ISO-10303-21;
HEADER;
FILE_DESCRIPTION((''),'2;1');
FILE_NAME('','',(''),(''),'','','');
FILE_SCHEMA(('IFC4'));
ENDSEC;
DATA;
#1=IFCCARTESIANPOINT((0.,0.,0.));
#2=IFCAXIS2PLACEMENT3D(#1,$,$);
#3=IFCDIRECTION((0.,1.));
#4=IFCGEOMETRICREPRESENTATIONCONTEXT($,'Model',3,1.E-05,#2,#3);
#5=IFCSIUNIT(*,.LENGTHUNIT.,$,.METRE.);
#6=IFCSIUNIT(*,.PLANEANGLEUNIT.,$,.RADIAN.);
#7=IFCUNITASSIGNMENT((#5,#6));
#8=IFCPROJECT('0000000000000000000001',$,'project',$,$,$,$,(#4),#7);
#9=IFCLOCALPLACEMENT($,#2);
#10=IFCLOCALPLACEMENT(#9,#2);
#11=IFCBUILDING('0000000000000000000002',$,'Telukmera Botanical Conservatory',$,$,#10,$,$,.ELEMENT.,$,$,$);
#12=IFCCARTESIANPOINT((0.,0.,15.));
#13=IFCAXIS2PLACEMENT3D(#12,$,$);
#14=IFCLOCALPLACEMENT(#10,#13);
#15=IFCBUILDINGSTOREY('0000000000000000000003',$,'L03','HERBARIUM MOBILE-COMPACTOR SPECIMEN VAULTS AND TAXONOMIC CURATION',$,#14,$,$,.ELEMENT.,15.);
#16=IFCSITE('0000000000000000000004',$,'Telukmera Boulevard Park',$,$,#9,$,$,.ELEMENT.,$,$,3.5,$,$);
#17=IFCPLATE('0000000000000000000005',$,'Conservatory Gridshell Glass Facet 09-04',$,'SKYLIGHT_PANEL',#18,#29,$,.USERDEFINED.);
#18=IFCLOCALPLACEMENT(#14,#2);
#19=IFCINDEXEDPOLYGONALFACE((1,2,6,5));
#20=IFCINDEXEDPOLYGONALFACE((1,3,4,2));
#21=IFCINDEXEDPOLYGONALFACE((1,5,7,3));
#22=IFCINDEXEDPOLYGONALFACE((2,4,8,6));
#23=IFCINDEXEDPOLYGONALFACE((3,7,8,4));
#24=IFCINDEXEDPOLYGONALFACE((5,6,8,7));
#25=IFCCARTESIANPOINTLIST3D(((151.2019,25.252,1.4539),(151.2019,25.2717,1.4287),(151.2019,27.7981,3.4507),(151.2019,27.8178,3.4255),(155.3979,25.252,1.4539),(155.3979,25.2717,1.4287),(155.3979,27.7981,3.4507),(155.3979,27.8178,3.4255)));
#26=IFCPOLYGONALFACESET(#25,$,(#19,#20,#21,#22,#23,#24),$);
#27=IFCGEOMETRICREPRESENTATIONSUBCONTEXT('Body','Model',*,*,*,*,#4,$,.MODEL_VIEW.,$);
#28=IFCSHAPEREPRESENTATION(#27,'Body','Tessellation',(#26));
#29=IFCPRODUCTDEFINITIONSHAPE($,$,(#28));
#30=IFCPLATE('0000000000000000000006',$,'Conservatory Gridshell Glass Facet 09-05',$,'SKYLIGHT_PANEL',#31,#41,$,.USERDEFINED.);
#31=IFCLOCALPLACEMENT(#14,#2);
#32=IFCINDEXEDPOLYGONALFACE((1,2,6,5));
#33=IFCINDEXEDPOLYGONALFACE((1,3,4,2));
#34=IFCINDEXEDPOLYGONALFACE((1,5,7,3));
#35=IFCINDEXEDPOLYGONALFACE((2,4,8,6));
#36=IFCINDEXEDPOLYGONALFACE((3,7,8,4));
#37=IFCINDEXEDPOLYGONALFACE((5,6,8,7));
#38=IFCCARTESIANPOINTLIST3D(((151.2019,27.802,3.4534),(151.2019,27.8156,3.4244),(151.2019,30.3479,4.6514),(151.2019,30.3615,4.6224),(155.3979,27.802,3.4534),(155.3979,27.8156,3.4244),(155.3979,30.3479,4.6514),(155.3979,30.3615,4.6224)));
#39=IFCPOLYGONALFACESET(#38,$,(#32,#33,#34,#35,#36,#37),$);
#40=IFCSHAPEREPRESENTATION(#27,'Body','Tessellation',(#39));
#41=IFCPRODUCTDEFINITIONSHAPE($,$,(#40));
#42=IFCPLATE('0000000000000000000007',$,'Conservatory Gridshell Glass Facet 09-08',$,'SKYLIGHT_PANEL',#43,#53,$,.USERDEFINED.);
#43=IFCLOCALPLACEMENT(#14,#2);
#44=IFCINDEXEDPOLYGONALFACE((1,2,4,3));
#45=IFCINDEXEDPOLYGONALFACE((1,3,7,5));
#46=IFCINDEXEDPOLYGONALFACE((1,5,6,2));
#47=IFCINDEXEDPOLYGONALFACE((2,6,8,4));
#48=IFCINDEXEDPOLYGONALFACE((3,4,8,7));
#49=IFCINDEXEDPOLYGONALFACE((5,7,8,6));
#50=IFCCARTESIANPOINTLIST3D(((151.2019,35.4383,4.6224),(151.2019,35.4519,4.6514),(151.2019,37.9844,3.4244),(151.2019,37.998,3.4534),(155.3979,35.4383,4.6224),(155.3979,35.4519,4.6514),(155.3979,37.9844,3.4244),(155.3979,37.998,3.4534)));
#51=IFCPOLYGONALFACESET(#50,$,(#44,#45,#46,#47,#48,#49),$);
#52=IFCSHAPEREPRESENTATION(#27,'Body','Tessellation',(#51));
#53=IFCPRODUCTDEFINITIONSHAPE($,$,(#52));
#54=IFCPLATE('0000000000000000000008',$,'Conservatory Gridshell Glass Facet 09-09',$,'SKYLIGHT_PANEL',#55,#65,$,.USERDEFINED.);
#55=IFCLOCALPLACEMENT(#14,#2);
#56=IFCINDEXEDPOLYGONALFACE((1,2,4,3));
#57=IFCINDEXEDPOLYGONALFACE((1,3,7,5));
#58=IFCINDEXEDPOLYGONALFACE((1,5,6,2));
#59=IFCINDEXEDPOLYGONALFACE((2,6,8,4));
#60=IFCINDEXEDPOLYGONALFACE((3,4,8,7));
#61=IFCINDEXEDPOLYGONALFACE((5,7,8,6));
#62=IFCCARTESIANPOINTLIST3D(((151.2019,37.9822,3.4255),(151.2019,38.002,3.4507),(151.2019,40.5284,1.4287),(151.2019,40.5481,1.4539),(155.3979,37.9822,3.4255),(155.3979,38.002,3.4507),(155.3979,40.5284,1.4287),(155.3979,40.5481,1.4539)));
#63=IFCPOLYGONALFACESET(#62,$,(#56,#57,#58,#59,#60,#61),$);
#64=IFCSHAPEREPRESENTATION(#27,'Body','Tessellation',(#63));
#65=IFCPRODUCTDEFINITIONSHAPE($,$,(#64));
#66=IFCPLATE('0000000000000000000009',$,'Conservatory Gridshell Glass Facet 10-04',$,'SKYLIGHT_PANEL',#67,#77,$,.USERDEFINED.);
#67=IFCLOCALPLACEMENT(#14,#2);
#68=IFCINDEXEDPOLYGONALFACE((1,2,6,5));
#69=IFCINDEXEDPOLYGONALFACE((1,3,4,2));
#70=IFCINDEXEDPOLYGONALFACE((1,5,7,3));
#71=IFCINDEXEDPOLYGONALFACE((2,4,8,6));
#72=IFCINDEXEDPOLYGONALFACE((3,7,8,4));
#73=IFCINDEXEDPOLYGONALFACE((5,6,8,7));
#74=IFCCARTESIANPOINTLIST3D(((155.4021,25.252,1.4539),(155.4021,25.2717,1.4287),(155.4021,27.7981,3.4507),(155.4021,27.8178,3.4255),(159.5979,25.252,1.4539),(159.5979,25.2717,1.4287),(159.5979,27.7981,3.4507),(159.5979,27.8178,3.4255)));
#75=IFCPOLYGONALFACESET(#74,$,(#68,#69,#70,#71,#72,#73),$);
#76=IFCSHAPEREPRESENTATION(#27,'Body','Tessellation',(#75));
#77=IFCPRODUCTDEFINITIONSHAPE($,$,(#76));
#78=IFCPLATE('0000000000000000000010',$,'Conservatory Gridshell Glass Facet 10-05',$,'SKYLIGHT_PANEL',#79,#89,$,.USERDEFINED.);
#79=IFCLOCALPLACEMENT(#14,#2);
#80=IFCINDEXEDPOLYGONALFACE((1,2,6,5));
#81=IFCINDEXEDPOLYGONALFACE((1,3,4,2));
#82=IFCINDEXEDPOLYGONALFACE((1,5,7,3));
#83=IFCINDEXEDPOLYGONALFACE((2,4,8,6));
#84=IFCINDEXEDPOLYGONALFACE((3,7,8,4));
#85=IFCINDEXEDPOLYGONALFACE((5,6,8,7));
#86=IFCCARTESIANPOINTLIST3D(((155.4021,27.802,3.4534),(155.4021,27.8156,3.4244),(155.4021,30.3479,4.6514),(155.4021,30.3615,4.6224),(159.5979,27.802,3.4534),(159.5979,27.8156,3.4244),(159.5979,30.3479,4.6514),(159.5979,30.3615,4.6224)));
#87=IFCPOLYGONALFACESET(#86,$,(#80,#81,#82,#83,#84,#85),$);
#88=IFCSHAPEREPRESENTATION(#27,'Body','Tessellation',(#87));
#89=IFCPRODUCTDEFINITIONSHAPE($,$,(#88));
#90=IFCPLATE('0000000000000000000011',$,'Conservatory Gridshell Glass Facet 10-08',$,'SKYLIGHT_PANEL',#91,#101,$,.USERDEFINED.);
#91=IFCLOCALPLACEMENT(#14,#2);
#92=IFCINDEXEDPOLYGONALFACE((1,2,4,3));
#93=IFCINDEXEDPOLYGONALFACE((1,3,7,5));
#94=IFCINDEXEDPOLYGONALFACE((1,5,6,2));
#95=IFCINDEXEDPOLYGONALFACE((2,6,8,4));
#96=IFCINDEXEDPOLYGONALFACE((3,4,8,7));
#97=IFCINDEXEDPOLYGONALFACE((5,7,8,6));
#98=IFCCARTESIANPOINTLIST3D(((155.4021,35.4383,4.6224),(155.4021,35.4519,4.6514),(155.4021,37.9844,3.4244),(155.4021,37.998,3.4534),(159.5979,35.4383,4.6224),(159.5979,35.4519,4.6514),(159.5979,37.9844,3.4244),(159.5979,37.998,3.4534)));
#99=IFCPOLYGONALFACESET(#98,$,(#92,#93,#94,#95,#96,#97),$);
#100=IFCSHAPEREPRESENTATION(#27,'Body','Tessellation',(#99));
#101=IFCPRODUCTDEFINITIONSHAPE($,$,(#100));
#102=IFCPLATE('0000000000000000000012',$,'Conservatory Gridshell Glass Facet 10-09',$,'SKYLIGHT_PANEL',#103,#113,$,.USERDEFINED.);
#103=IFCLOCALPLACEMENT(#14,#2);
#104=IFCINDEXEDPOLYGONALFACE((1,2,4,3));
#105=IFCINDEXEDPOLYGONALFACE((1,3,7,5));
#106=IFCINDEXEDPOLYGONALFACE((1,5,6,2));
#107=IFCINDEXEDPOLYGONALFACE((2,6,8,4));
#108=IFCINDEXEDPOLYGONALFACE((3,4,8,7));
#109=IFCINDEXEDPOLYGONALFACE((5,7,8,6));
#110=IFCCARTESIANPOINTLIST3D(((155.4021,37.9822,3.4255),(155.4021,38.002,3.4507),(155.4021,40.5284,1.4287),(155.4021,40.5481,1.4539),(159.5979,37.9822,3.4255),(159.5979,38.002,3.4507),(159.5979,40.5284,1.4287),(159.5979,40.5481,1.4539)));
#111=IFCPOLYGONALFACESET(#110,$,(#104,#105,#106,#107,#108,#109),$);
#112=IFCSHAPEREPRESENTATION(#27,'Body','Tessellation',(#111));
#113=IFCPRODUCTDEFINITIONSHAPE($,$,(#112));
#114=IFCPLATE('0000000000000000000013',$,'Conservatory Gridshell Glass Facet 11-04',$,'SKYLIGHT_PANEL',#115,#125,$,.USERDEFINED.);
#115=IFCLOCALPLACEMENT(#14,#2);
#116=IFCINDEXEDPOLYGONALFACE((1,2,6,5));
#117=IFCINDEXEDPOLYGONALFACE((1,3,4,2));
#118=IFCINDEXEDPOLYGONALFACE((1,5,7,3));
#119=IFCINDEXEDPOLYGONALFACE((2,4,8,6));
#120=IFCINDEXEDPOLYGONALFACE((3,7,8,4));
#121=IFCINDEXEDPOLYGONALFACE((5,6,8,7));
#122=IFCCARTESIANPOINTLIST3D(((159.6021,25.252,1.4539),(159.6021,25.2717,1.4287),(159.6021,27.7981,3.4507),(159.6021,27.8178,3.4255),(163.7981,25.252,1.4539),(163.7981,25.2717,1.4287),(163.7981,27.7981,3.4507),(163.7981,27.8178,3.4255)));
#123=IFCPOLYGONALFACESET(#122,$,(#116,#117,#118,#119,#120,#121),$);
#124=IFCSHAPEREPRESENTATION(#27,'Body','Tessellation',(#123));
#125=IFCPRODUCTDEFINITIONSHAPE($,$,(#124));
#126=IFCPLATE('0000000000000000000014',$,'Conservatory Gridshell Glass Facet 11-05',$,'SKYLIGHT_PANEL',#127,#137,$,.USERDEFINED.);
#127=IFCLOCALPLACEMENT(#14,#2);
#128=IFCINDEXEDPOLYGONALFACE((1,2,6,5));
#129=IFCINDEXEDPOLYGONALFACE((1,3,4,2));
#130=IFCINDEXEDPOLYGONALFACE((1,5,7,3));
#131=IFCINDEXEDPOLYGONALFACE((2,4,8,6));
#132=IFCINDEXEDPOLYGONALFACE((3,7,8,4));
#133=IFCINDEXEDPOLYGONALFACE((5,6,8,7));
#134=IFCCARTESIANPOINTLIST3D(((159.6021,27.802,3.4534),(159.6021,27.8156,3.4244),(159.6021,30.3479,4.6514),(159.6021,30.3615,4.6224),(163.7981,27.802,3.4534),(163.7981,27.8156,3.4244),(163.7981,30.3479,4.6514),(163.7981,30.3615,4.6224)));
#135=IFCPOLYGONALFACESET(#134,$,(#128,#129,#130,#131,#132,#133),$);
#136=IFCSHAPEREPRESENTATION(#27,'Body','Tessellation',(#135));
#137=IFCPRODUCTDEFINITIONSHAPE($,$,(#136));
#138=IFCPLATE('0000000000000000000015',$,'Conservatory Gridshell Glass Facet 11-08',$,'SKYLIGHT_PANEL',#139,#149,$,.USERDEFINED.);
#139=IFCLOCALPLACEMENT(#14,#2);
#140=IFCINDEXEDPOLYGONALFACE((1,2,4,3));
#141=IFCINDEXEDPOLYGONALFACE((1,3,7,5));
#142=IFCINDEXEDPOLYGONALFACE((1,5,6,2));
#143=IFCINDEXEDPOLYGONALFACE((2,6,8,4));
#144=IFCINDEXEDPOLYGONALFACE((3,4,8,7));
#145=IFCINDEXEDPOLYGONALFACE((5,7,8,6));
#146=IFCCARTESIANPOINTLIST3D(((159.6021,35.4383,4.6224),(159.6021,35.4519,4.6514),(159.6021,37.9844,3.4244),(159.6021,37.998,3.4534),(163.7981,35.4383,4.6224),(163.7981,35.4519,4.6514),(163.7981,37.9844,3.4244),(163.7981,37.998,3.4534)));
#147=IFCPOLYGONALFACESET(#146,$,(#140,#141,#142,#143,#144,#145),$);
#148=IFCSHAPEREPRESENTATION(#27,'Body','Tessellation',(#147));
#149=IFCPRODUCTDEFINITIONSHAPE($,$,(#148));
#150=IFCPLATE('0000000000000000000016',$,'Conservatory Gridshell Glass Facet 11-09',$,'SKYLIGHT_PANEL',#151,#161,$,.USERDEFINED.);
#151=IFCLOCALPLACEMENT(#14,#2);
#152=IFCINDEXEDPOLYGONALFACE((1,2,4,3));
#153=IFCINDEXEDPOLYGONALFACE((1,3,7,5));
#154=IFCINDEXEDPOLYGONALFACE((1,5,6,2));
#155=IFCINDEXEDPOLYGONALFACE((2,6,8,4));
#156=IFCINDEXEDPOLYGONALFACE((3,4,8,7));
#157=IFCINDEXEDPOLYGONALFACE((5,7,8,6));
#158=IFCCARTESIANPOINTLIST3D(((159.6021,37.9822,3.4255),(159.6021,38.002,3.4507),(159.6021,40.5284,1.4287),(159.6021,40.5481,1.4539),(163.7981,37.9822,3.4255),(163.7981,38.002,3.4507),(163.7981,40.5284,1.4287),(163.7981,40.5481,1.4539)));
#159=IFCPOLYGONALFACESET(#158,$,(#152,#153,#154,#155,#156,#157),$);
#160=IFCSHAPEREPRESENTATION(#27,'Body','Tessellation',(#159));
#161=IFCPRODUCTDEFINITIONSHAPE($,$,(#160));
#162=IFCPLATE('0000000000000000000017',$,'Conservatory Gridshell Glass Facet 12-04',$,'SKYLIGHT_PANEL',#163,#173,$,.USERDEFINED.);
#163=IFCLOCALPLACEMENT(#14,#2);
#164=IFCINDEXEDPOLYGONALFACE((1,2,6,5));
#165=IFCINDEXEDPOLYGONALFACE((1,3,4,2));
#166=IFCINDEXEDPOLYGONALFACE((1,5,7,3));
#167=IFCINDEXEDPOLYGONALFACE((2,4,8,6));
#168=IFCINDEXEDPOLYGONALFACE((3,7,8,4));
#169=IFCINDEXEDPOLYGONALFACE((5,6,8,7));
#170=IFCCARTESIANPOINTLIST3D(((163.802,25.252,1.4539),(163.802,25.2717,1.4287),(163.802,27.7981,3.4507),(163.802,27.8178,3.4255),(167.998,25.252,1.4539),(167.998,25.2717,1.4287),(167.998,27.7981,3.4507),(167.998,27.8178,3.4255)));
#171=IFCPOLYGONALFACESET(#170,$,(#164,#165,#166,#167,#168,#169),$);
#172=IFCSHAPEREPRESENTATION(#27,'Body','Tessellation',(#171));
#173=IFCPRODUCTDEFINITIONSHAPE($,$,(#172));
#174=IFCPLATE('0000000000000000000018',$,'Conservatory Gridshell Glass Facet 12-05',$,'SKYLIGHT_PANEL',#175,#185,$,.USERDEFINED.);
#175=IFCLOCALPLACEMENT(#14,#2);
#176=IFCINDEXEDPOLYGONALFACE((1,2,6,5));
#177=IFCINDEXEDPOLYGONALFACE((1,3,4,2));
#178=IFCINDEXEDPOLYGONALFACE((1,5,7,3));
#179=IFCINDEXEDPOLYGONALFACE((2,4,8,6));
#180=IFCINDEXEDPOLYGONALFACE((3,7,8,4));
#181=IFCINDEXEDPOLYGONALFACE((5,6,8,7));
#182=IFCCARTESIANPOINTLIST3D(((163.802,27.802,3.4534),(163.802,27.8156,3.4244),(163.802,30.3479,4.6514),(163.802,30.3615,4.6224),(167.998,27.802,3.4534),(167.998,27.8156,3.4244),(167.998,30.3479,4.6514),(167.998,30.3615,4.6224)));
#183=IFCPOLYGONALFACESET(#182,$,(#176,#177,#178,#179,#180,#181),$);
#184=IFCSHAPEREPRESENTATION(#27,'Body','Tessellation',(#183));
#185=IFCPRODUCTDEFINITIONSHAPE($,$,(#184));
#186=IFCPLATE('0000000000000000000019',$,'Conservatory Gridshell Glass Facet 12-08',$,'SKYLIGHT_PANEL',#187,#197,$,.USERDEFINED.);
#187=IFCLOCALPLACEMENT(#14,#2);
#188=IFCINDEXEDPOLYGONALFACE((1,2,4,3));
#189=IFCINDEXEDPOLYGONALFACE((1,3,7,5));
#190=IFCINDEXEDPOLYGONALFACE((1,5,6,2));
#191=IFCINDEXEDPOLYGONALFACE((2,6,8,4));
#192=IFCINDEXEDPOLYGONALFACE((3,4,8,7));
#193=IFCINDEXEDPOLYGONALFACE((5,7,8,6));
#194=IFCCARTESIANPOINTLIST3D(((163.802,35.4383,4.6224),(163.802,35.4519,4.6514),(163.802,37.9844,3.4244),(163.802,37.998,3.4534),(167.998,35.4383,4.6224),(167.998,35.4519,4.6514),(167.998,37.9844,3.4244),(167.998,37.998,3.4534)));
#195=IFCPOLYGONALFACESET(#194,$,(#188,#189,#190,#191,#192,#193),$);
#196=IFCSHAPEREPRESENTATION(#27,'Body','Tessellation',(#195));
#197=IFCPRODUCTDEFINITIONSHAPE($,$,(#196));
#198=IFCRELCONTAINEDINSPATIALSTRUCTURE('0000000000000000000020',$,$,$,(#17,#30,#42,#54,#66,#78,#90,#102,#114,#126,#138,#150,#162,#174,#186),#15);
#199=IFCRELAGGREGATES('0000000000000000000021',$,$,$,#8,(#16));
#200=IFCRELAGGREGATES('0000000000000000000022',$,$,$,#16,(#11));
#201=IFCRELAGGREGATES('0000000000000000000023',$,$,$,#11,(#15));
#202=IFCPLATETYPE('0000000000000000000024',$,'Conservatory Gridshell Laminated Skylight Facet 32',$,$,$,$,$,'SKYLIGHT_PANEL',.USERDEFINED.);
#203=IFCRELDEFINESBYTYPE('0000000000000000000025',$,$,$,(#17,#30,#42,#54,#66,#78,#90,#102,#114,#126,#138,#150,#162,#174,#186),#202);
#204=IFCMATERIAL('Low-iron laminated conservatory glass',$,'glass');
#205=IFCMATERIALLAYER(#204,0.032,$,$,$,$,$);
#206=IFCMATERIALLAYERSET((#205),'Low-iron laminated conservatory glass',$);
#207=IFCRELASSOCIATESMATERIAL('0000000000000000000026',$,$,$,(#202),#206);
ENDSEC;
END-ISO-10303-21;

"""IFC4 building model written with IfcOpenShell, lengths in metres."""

from ifc_helpers import new_model, si_unit, direction, frame, origin, place, context, subcontext, project, spatial, polyline, outline, extrude, material, layer, layer_set, type_object, element, save


model = new_model("IFC4")

# Units and contexts
model_context = context("Model", 3, precision=1e-05, world=origin(), true_north=direction((0.0, 1.0)))
body_context = subcontext(model_context, "Body", "Model", "MODEL_VIEW")
ifc_project = project(units=[si_unit("LENGTHUNIT", "METRE"), si_unit("PLANEANGLEUNIT", "RADIAN")], contexts=[model_context])

# Site, building, storey
site_placement = place(None, origin())
site = spatial("IfcSite", under=ifc_project, at=site_placement, Name="Telukmera Boulevard Park", CompositionType="ELEMENT", RefElevation=3.5)
building_placement = place(site_placement, origin())
building = spatial("IfcBuilding", under=site, at=building_placement, Name="Telukmera Botanical Conservatory", CompositionType="ELEMENT")
storey_placement = place(building_placement, frame((0.0, 0.0, 15.0)))
storey = spatial("IfcBuildingStorey", under=building, at=storey_placement, Name="L03", Description="HERBARIUM MOBILE-COMPACTOR SPECIMEN VAULTS AND TAXONOMIC CURATION", CompositionType="ELEMENT", Elevation=15.0)

# Plates
ifc_material_1 = material(Name="Low-iron laminated conservatory glass", Category="glass")
ifc_layer = layer(ifc_material_1, 0.032)
ifc_layer_set = layer_set([ifc_layer], Name="Low-iron laminated conservatory glass")
plate_type = type_object("IfcPlateType", Name="Conservatory Gridshell Laminated Skylight Facet 32", ElementType="SKYLIGHT_PANEL", PredefinedType="USERDEFINED", material=ifc_layer_set)
plate_1_placement = place(storey_placement, frame((151.2019, 25.252, 1.4539), z_axis=(0.0, -0.617112, 0.786876), x_axis=(1.0, 0.0, 0.0)))
element("IfcPlate", 1, at=plate_1_placement, inside=storey, type_object=plate_type, Name="Conservatory Gridshell Glass Facet 09-04", ObjectType="SKYLIGHT_PANEL", PredefinedType="USERDEFINED", context=body_context, shape_type="SweptSolid", body=[
    extrude(outline(polyline([(0.0, 0.0), (4.196, 0.0), (4.196, 3.2358), (0.0, 3.2358), (0.0, 0.0)])), origin(), (0.0, 0.0, -1.0), 0.032),
])
plate_2_placement = place(storey_placement, frame((151.2019, 27.802, 3.4534), z_axis=(0.0, -0.425776, 0.904829), x_axis=(1.0, 0.0, 0.0)))
element("IfcPlate", 2, at=plate_2_placement, inside=storey, type_object=plate_type, Name="Conservatory Gridshell Glass Facet 09-05", ObjectType="SKYLIGHT_PANEL", PredefinedType="USERDEFINED", context=body_context, shape_type="SweptSolid", body=[
    extrude(outline(polyline([(0.0, 0.0), (4.196, 0.0), (4.196, 2.8137), (0.0, 2.8137), (0.0, 0.0)])), origin(), (0.0, 0.0, -1.0), 0.032),
])
plate_3_placement = place(storey_placement, frame((151.2019, 35.4519, 4.6514), z_axis=(0.0, 0.425743, 0.904844), x_axis=(1.0, 0.0, 0.0)))
element("IfcPlate", 3, at=plate_3_placement, inside=storey, type_object=plate_type, Name="Conservatory Gridshell Glass Facet 09-08", ObjectType="SKYLIGHT_PANEL", PredefinedType="USERDEFINED", context=body_context, shape_type="SweptSolid", body=[
    extrude(outline(polyline([(0.0, 0.0), (4.196, 0.0), (4.196, 2.8139), (0.0, 2.8139), (0.0, 0.0)])), origin(), (0.0, 0.0, -1.0), 0.032),
])
plate_4_placement = place(storey_placement, frame((151.2019, 38.002, 3.4507), z_axis=(0.0, 0.617112, 0.786876), x_axis=(1.0, 0.0, 0.0)))
element("IfcPlate", 4, at=plate_4_placement, inside=storey, type_object=plate_type, Name="Conservatory Gridshell Glass Facet 09-09", ObjectType="SKYLIGHT_PANEL", PredefinedType="USERDEFINED", context=body_context, shape_type="SweptSolid", body=[
    extrude(outline(polyline([(0.0, 0.0), (4.196, 0.0), (4.196, 3.2358), (0.0, 3.2358), (0.0, 0.0)])), origin(), (0.0, 0.0, -1.0), 0.032),
])
plate_5_placement = place(storey_placement, frame((155.4021, 25.252, 1.4539), z_axis=(0.0, -0.617112, 0.786876), x_axis=(1.0, 0.0, 0.0)))
element("IfcPlate", 5, at=plate_5_placement, inside=storey, type_object=plate_type, Name="Conservatory Gridshell Glass Facet 10-04", ObjectType="SKYLIGHT_PANEL", PredefinedType="USERDEFINED", context=body_context, shape_type="SweptSolid", body=[
    extrude(outline(polyline([(0.0, 0.0), (4.1958, 0.0), (4.1958, 3.2358), (0.0, 3.2358), (0.0, 0.0)])), origin(), (0.0, 0.0, -1.0), 0.032),
])
plate_6_placement = place(storey_placement, frame((155.4021, 27.802, 3.4534), z_axis=(0.0, -0.425776, 0.904829), x_axis=(1.0, 0.0, 0.0)))
element("IfcPlate", 6, at=plate_6_placement, inside=storey, type_object=plate_type, Name="Conservatory Gridshell Glass Facet 10-05", ObjectType="SKYLIGHT_PANEL", PredefinedType="USERDEFINED", context=body_context, shape_type="SweptSolid", body=[
    extrude(outline(polyline([(0.0, 0.0), (4.1958, 0.0), (4.1958, 2.8137), (0.0, 2.8137), (0.0, 0.0)])), origin(), (0.0, 0.0, -1.0), 0.032),
])
plate_7_placement = place(storey_placement, frame((155.4021, 35.4519, 4.6514), z_axis=(0.0, 0.425743, 0.904844), x_axis=(1.0, 0.0, 0.0)))
element("IfcPlate", 7, at=plate_7_placement, inside=storey, type_object=plate_type, Name="Conservatory Gridshell Glass Facet 10-08", ObjectType="SKYLIGHT_PANEL", PredefinedType="USERDEFINED", context=body_context, shape_type="SweptSolid", body=[
    extrude(outline(polyline([(0.0, 0.0), (4.1958, 0.0), (4.1958, 2.8139), (0.0, 2.8139), (0.0, 0.0)])), origin(), (0.0, 0.0, -1.0), 0.032),
])
plate_8_placement = place(storey_placement, frame((155.4021, 38.002, 3.4507), z_axis=(0.0, 0.617112, 0.786876), x_axis=(1.0, 0.0, 0.0)))
element("IfcPlate", 8, at=plate_8_placement, inside=storey, type_object=plate_type, Name="Conservatory Gridshell Glass Facet 10-09", ObjectType="SKYLIGHT_PANEL", PredefinedType="USERDEFINED", context=body_context, shape_type="SweptSolid", body=[
    extrude(outline(polyline([(0.0, 0.0), (4.1958, 0.0), (4.1958, 3.2358), (0.0, 3.2358), (0.0, 0.0)])), origin(), (0.0, 0.0, -1.0), 0.032),
])
plate_9_placement = place(storey_placement, frame((159.6021, 25.252, 1.4539), z_axis=(0.0, -0.617112, 0.786876), x_axis=(1.0, 0.0, 0.0)))
element("IfcPlate", 9, at=plate_9_placement, inside=storey, type_object=plate_type, Name="Conservatory Gridshell Glass Facet 11-04", ObjectType="SKYLIGHT_PANEL", PredefinedType="USERDEFINED", context=body_context, shape_type="SweptSolid", body=[
    extrude(outline(polyline([(0.0, 0.0), (4.196, 0.0), (4.196, 3.2358), (0.0, 3.2358), (0.0, 0.0)])), origin(), (0.0, 0.0, -1.0), 0.032),
])
plate_10_placement = place(storey_placement, frame((159.6021, 27.802, 3.4534), z_axis=(0.0, -0.425776, 0.904829), x_axis=(1.0, 0.0, 0.0)))
element("IfcPlate", 10, at=plate_10_placement, inside=storey, type_object=plate_type, Name="Conservatory Gridshell Glass Facet 11-05", ObjectType="SKYLIGHT_PANEL", PredefinedType="USERDEFINED", context=body_context, shape_type="SweptSolid", body=[
    extrude(outline(polyline([(0.0, 0.0), (4.196, 0.0), (4.196, 2.8137), (0.0, 2.8137), (0.0, 0.0)])), origin(), (0.0, 0.0, -1.0), 0.032),
])
plate_11_placement = place(storey_placement, frame((159.6021, 35.4519, 4.6514), z_axis=(0.0, 0.425743, 0.904844), x_axis=(1.0, 0.0, 0.0)))
element("IfcPlate", 11, at=plate_11_placement, inside=storey, type_object=plate_type, Name="Conservatory Gridshell Glass Facet 11-08", ObjectType="SKYLIGHT_PANEL", PredefinedType="USERDEFINED", context=body_context, shape_type="SweptSolid", body=[
    extrude(outline(polyline([(0.0, 0.0), (4.196, 0.0), (4.196, 2.8139), (0.0, 2.8139), (0.0, 0.0)])), origin(), (0.0, 0.0, -1.0), 0.032),
])
for number, where, z_axis, x_axis, name in (
    (12, (159.6021, 38.002, 3.4507), (0.0, 0.617112, 0.786876), (1.0, 0.0, 0.0), "Conservatory Gridshell Glass Facet 11-09"),
    (13, (163.802, 25.252, 1.4539), (0.0, -0.617112, 0.786876), (1.0, 0.0, 0.0), "Conservatory Gridshell Glass Facet 12-04"),
):
    element("IfcPlate", number, at=place(storey_placement, frame(where, z_axis=z_axis, x_axis=x_axis)), inside=storey, type_object=plate_type, Name=name, ObjectType="SKYLIGHT_PANEL", PredefinedType="USERDEFINED", context=body_context, shape_type="SweptSolid", body=[
        extrude(outline(polyline([(0.0, 0.0), (4.196, 0.0), (4.196, 3.2358), (0.0, 3.2358), (0.0, 0.0)])), origin(), (0.0, 0.0, -1.0), 0.032),
    ])
plate_12_placement = place(storey_placement, frame((163.802, 27.802, 3.4534), z_axis=(0.0, -0.425776, 0.904829), x_axis=(1.0, 0.0, 0.0)))
element("IfcPlate", 14, at=plate_12_placement, inside=storey, type_object=plate_type, Name="Conservatory Gridshell Glass Facet 12-05", ObjectType="SKYLIGHT_PANEL", PredefinedType="USERDEFINED", context=body_context, shape_type="SweptSolid", body=[
    extrude(outline(polyline([(0.0, 0.0), (4.196, 0.0), (4.196, 2.8137), (0.0, 2.8137), (0.0, 0.0)])), origin(), (0.0, 0.0, -1.0), 0.032),
])
plate_13_placement = place(storey_placement, frame((163.802, 35.4519, 4.6514), z_axis=(0.0, 0.425743, 0.904844), x_axis=(1.0, 0.0, 0.0)))
element("IfcPlate", 15, at=plate_13_placement, inside=storey, type_object=plate_type, Name="Conservatory Gridshell Glass Facet 12-08", ObjectType="SKYLIGHT_PANEL", PredefinedType="USERDEFINED", context=body_context, shape_type="SweptSolid", body=[
    extrude(outline(polyline([(0.0, 0.0), (4.196, 0.0), (4.196, 2.8139), (0.0, 2.8139), (0.0, 0.0)])), origin(), (0.0, 0.0, -1.0), 0.032),
])

save(model, "model.ifc")
